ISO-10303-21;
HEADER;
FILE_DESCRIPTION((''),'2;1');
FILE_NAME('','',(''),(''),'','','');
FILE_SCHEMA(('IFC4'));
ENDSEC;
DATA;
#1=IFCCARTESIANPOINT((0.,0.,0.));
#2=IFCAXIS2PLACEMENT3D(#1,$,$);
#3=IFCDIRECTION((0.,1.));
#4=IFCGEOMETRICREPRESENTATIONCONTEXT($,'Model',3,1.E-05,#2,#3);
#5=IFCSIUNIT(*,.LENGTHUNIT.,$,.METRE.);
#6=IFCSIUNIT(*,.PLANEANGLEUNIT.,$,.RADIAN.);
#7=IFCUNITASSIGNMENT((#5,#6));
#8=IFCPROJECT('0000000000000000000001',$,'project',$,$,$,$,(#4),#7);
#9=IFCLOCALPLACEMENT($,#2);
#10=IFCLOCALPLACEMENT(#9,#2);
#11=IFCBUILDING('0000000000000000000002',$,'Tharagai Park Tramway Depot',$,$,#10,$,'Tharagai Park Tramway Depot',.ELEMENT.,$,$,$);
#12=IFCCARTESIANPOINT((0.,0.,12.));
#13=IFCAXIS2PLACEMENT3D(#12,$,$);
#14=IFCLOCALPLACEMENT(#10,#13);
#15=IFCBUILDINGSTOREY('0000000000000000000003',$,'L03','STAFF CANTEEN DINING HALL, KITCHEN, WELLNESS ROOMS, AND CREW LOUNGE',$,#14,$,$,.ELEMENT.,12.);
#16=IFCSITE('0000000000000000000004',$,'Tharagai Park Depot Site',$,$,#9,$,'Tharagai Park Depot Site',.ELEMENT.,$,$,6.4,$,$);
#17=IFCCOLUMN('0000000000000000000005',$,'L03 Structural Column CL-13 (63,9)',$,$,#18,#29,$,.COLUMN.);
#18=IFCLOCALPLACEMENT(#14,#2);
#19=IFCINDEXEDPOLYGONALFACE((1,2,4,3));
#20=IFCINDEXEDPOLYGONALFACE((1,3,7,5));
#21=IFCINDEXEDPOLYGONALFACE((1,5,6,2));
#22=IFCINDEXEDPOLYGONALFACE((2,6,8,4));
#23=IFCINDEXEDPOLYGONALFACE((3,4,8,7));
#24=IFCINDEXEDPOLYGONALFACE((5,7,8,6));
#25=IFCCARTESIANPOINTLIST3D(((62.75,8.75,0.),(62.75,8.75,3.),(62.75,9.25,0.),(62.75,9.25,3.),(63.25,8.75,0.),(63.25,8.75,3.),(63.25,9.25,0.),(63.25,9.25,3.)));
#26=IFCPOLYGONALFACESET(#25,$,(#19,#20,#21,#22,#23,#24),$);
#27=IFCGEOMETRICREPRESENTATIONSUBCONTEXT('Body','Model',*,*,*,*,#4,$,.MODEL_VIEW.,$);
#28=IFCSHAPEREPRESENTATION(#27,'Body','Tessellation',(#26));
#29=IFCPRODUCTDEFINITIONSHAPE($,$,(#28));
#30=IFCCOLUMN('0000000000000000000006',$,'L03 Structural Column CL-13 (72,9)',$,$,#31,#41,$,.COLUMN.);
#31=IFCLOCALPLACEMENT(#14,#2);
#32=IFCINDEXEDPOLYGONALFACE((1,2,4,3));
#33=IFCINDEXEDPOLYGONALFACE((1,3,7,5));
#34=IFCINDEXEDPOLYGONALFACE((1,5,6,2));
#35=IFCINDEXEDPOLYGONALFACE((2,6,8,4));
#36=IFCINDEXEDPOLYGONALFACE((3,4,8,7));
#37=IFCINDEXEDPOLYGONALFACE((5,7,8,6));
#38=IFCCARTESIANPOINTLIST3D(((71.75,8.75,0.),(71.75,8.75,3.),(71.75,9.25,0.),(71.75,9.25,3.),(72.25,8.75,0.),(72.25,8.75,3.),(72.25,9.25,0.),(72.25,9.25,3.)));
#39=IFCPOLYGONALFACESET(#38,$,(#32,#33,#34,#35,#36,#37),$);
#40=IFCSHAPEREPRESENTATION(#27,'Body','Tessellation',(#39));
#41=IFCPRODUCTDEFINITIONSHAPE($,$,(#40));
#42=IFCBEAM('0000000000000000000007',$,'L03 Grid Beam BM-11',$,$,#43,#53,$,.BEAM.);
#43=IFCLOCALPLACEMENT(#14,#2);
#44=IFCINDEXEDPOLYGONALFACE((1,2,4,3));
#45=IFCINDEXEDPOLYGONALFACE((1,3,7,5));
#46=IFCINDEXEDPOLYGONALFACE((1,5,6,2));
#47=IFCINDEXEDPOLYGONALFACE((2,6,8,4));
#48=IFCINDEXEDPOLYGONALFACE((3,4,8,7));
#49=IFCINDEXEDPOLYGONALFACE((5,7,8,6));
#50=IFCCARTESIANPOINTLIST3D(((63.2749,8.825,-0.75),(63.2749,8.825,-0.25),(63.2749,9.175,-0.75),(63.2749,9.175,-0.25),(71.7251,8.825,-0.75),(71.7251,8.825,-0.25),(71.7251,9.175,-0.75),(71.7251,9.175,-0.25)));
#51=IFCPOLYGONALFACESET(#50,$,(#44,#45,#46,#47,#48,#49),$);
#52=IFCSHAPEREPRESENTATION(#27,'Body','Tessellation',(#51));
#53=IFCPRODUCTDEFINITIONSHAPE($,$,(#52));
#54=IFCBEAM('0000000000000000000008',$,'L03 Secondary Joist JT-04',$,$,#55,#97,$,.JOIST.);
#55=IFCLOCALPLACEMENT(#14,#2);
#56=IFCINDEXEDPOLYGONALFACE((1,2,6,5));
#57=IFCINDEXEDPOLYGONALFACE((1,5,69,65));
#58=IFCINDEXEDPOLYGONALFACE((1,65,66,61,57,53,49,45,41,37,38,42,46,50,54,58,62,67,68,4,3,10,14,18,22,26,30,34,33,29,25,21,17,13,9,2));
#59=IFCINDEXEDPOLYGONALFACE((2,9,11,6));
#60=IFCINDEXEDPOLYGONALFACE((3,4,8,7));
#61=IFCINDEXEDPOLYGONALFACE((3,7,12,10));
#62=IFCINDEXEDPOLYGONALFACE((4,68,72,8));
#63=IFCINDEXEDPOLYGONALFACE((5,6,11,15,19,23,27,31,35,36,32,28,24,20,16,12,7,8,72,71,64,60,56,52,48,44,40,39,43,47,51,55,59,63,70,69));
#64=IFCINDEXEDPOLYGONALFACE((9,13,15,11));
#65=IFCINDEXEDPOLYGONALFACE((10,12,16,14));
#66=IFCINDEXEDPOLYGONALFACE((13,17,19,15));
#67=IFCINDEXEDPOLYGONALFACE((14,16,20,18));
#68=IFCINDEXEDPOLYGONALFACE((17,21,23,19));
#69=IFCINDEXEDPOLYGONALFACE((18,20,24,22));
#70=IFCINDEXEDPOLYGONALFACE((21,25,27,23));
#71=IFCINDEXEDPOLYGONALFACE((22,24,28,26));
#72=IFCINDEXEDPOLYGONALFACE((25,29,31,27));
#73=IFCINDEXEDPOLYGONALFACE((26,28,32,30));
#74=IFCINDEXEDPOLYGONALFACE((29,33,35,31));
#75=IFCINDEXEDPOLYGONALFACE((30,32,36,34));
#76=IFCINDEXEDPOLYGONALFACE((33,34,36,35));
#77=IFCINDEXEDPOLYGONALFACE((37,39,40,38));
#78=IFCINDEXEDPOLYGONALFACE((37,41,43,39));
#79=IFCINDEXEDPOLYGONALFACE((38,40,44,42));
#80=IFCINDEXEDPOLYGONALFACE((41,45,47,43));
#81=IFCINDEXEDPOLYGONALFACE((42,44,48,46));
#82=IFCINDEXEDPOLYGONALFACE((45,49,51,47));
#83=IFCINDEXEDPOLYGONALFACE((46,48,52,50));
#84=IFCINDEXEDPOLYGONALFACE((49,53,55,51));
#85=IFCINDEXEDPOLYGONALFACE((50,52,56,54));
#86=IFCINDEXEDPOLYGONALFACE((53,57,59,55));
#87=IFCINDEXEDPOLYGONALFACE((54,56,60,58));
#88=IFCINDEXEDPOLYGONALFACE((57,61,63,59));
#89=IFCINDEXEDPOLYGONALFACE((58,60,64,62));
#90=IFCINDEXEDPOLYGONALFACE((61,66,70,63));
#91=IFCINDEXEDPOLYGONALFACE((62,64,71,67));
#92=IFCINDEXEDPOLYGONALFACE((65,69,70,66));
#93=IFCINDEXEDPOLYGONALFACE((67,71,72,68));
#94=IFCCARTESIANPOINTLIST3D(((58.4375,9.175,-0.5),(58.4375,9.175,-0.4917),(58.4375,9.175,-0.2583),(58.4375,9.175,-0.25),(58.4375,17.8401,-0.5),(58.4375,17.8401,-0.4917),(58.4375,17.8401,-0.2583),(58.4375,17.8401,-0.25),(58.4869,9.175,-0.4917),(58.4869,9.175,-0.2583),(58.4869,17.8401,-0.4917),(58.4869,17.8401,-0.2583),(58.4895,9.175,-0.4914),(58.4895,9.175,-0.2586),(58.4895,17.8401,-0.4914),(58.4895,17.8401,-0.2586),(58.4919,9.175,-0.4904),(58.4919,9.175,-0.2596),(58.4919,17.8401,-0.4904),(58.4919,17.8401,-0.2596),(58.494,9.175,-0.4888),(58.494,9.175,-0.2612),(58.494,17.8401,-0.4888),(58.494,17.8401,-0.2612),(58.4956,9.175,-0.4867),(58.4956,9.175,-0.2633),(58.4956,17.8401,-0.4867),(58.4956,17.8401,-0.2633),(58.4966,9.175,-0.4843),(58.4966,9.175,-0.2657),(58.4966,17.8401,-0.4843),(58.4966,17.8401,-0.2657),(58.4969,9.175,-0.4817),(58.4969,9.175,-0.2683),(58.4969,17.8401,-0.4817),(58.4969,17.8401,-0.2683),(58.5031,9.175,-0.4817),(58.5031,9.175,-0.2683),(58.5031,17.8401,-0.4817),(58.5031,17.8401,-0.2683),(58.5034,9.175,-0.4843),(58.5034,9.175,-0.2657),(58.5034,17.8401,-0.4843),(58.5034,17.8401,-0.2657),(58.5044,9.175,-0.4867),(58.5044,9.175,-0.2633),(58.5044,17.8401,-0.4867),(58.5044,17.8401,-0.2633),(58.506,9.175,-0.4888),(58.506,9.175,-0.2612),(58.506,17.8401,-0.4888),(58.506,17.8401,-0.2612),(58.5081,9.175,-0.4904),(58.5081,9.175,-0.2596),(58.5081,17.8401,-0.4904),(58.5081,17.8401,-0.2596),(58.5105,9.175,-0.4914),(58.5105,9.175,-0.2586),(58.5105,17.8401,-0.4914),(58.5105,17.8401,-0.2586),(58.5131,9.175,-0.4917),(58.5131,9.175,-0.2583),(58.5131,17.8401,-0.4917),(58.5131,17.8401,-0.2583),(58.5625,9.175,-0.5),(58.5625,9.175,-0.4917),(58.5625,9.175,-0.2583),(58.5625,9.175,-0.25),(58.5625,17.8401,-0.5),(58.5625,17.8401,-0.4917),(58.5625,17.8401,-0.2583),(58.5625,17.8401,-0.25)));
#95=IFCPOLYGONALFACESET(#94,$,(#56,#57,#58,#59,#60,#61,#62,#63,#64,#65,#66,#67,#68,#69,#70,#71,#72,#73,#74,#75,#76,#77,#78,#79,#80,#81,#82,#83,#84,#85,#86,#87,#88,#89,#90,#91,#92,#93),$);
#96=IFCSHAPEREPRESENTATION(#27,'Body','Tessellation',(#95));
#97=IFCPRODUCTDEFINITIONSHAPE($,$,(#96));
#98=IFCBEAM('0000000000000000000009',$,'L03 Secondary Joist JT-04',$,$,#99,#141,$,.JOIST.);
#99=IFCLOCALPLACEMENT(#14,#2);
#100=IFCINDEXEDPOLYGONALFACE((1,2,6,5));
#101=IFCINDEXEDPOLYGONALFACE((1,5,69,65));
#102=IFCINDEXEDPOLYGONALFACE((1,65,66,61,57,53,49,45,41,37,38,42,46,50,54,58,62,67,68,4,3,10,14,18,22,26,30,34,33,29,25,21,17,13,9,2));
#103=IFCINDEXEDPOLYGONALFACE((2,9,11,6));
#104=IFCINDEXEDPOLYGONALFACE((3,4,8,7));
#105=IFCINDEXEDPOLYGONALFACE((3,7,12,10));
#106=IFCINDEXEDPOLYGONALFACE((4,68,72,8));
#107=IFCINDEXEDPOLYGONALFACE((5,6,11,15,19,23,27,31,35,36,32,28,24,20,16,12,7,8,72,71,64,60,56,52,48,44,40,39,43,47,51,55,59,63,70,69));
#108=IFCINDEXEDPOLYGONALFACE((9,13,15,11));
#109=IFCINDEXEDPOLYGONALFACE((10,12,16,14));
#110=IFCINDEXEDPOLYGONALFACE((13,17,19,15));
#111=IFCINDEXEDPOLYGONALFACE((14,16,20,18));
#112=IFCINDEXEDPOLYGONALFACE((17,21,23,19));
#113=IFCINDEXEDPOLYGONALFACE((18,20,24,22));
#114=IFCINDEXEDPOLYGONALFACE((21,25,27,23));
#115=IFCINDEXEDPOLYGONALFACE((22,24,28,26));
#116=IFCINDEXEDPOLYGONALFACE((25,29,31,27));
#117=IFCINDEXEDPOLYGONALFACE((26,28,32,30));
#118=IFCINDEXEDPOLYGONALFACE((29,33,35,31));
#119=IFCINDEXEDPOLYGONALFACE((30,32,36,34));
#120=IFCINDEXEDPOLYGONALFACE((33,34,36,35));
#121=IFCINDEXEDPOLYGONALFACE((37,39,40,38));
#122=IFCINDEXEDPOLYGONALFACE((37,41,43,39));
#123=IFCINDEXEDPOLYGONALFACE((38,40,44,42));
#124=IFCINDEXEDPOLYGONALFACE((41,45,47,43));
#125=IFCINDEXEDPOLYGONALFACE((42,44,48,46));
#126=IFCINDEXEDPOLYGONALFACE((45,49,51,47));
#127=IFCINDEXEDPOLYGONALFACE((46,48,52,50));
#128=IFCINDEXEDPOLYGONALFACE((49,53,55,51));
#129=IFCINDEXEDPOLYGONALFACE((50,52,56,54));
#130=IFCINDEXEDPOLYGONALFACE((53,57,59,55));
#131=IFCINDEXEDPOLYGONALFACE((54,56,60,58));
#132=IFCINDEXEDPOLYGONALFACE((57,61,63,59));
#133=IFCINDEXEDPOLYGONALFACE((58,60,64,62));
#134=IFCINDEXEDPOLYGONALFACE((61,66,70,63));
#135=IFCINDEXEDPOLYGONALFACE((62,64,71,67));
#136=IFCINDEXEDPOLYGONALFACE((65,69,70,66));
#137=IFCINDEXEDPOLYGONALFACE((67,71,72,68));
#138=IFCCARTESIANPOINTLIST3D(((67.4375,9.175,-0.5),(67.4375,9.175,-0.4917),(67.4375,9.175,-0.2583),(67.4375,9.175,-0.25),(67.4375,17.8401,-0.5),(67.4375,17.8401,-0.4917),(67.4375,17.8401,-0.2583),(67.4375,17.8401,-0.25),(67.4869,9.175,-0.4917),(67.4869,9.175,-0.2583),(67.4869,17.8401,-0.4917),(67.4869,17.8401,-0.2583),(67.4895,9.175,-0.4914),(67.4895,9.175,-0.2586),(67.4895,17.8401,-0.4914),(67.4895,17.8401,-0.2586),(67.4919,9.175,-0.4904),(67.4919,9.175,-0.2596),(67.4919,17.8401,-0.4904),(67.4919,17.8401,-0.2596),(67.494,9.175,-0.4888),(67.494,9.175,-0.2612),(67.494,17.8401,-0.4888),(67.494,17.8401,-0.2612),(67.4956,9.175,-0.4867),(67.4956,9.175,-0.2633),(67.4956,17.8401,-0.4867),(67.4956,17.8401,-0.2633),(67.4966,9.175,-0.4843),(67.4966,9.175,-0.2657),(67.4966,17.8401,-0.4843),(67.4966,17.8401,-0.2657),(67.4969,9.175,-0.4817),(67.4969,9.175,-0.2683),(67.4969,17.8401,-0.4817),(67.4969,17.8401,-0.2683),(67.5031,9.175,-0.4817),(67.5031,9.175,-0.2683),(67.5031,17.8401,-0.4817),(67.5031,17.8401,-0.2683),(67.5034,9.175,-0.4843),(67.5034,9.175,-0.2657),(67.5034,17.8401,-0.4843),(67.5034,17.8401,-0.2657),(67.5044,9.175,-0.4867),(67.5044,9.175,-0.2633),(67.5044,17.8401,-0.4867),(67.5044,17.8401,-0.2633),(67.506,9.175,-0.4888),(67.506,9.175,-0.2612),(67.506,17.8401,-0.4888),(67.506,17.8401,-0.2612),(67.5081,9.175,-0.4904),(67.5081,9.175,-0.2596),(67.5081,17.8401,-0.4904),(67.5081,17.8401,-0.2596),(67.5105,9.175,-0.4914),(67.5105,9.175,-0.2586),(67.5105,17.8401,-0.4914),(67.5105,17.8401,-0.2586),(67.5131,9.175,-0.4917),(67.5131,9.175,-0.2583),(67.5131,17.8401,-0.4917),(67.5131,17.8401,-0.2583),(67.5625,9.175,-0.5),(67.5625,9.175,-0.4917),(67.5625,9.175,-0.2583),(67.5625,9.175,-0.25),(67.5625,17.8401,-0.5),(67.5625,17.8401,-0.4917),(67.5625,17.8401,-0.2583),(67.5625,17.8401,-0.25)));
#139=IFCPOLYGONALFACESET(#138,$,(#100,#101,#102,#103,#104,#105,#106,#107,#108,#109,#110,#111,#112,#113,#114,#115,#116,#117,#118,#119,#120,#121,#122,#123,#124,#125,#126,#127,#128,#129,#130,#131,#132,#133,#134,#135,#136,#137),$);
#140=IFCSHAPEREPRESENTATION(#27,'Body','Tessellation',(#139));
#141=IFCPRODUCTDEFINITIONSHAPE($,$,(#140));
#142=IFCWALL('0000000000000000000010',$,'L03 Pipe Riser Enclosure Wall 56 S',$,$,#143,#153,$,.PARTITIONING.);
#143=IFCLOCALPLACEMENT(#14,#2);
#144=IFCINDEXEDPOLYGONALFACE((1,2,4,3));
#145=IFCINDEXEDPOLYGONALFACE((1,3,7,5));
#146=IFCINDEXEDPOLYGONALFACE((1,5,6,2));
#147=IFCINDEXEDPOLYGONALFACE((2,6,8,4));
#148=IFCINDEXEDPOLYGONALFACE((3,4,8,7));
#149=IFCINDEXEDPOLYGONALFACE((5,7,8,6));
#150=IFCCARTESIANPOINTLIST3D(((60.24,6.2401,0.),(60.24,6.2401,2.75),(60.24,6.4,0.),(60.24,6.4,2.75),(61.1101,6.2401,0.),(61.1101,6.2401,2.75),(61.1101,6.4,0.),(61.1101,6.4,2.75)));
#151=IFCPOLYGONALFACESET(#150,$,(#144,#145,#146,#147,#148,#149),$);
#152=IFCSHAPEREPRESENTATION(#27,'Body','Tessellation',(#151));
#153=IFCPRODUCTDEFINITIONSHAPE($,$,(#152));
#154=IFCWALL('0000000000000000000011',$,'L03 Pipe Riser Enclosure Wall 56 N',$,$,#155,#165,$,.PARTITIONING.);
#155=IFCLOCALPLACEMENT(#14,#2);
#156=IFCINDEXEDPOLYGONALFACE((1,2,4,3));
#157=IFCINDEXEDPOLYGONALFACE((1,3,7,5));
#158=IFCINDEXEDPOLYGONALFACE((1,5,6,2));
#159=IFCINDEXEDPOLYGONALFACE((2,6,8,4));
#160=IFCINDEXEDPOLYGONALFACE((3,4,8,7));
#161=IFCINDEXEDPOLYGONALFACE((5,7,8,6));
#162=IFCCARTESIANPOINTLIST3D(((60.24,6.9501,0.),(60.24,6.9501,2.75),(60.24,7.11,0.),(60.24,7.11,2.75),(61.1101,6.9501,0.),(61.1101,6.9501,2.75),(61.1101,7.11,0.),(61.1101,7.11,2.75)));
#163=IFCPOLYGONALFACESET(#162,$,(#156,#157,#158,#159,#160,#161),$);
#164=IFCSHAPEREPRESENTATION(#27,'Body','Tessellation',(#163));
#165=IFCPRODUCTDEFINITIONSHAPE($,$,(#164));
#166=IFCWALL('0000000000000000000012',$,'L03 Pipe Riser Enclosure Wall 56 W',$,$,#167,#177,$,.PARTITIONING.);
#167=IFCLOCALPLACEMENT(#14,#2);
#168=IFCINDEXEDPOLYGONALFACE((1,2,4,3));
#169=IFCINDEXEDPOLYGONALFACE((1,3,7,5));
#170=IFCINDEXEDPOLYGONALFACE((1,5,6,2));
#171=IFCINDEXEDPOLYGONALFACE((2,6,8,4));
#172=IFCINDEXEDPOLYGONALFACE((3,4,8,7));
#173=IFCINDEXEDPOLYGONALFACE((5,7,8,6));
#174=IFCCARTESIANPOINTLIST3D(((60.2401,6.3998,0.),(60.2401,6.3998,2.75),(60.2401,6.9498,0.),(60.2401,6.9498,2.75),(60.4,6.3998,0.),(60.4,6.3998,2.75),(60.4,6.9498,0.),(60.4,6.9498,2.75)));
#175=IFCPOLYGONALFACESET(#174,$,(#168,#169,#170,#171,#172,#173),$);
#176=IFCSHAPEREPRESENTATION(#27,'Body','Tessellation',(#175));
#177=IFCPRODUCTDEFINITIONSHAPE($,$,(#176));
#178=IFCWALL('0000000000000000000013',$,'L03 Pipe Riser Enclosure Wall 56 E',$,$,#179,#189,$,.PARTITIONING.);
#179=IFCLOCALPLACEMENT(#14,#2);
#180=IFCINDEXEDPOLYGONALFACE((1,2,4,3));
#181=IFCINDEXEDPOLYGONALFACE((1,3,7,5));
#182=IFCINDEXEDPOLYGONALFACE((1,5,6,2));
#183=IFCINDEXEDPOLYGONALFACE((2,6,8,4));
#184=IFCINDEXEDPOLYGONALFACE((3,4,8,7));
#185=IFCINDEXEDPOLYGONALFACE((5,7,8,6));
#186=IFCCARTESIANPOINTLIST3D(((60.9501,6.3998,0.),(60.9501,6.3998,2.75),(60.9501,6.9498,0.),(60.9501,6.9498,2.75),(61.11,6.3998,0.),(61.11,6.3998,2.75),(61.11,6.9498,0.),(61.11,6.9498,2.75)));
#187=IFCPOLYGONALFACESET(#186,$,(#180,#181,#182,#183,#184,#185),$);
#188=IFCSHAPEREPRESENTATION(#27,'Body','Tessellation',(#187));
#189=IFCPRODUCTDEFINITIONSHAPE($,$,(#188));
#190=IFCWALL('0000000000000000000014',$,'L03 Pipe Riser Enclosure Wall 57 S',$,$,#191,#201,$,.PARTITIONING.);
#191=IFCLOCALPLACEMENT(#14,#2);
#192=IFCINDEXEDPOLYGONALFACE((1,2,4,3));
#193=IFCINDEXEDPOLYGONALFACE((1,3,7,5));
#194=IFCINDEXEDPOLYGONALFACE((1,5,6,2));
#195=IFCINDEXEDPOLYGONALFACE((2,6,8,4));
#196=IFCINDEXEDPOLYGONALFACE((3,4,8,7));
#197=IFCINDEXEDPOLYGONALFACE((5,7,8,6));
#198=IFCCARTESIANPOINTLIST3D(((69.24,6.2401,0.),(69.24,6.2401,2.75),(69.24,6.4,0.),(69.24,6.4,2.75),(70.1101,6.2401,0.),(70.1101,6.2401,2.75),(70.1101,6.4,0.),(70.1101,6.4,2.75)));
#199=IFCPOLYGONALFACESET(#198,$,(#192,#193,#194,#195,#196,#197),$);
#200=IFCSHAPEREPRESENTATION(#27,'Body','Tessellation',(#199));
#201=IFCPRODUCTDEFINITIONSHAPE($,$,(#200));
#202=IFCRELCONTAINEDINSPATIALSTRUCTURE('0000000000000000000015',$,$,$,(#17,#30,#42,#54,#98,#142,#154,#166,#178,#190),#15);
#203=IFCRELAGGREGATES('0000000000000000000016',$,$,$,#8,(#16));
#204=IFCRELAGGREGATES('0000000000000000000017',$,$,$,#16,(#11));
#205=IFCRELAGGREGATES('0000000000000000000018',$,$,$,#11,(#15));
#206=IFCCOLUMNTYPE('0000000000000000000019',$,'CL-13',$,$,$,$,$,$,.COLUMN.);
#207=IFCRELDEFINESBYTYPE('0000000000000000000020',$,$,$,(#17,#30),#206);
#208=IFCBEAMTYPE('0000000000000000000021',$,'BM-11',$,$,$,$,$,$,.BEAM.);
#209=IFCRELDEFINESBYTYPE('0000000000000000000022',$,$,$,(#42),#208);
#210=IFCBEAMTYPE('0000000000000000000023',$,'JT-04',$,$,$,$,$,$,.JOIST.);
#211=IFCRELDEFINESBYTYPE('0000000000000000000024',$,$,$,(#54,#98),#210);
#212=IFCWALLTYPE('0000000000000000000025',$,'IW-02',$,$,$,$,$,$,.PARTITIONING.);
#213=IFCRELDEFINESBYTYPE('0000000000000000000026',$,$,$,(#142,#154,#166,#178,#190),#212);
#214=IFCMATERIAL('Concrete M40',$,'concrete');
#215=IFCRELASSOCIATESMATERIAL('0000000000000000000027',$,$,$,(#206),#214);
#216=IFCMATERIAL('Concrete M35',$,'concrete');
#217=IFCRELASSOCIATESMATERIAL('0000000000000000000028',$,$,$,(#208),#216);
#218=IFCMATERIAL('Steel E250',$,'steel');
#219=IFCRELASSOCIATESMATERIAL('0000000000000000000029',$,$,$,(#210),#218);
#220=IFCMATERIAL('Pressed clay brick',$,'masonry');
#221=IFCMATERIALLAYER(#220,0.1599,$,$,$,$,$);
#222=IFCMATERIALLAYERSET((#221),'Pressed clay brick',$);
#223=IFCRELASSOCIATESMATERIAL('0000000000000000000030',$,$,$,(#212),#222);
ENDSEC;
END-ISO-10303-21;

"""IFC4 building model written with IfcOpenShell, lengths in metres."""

from ifc_helpers import new_model, si_unit, direction, frame, frame_2d, origin, origin_2d, place, context, subcontext, project, spatial, rectangle, i_section, extrude, material, layer, layer_set, material_profile, profile_set, type_object, element, save


model = new_model("IFC4")

# Units and contexts
model_context = context("Model", 3, precision=1e-05, world=origin(), true_north=direction((0.0, 1.0)))
body_context = subcontext(model_context, "Body", "Model", "MODEL_VIEW")
ifc_project = project(units=[si_unit("LENGTHUNIT", "METRE"), si_unit("PLANEANGLEUNIT", "RADIAN")], contexts=[model_context])

# Site, building, storey
site_placement = place(None, origin())
site = spatial("IfcSite", under=ifc_project, at=site_placement, Name="Tharagai Park Depot Site", LongName="Tharagai Park Depot Site", CompositionType="ELEMENT", RefElevation=6.4)
building_placement = place(site_placement, origin())
building = spatial("IfcBuilding", under=site, at=building_placement, Name="Tharagai Park Tramway Depot", LongName="Tharagai Park Tramway Depot", CompositionType="ELEMENT")
storey_placement = place(building_placement, frame((0.0, 0.0, 12.0)))
storey = spatial("IfcBuildingStorey", under=building, at=storey_placement, Name="L03", Description="STAFF CANTEEN DINING HALL, KITCHEN, WELLNESS ROOMS, AND CREW LOUNGE", CompositionType="ELEMENT", Elevation=12.0)

# Columns
ifc_material_1 = material(Name="Concrete M40", Category="concrete")
ifc_material_profile_1 = material_profile(ifc_material_1, rectangle(XDim=0.5, YDim=0.5, at=origin_2d()), Name="RC 500x500")
ifc_profile_set_1 = profile_set([ifc_material_profile_1], Name="Concrete M40")
column_type = type_object("IfcColumnType", Name="CL-13", PredefinedType="COLUMN", material=ifc_profile_set_1)
for number, where, z_axis, x_axis, name in (
    (1, (63.0, 9.0, 0.0), (0.0, 0.0, 1.0), (1.0, 0.0, 0.0), "L03 Structural Column CL-13 (63,9)"),
    (2, (72.0, 9.0, 0.0), (0.0, 0.0, 1.0), (1.0, 0.0, 0.0), "L03 Structural Column CL-13 (72,9)"),
):
    element("IfcColumn", number, at=place(storey_placement, frame(where, z_axis=z_axis, x_axis=x_axis)), inside=storey, type_object=column_type, Name=name, PredefinedType="COLUMN", context=body_context, shape_type="SweptSolid", body=[
        extrude(rectangle(XDim=0.5, YDim=0.5, at=origin_2d()), origin(), (0.0, 0.0, 1.0), 3.0),
    ])

# Beams
ifc_material_2 = material(Name="Concrete M35", Category="concrete")
ifc_material_profile_2 = material_profile(ifc_material_2, rectangle(XDim=0.3501, YDim=0.5, at=origin_2d()), Name="RC 350x500")
ifc_profile_set_2 = profile_set([ifc_material_profile_2], Name="Concrete M35")
beam_type_1 = type_object("IfcBeamType", Name="BM-11", PredefinedType="BEAM", material=ifc_profile_set_2)
beam_placement = place(storey_placement, frame((63.2749, 9.0, -0.5), z_axis=(1.0, 0.0, 0.0), x_axis=(0.0, 1.0, 0.0)))
element("IfcBeam", 3, at=beam_placement, inside=storey, type_object=beam_type_1, Name="L03 Grid Beam BM-11", PredefinedType="BEAM", context=body_context, shape_type="SweptSolid", body=[
    extrude(rectangle(XDim=0.3501, YDim=0.5, at=origin_2d()), origin(), (0.0, 0.0, 1.0), 8.4502),
])
ifc_material_3 = material(Name="Steel E250", Category="steel")
ifc_material_profile_3 = material_profile(ifc_material_3, i_section(OverallWidth=0.125, OverallDepth=0.25, WebThickness=0.0061, FlangeThickness=0.0083, FilletRadius=0.01, at=origin_2d()), Name="ISLB 250")
ifc_profile_set_3 = profile_set([ifc_material_profile_3], Name="Steel E250")
beam_type_2 = type_object("IfcBeamType", Name="JT-04", PredefinedType="JOIST", material=ifc_profile_set_3)
for number, where, z_axis, x_axis, name in (
    (4, (58.5, 9.175, -0.375), (0.0, 1.0, 0.0), (-1.0, 0.0, 0.0), "L03 Secondary Joist JT-04"),
    (5, (67.5, 9.175, -0.375), (0.0, 1.0, 0.0), (-1.0, 0.0, 0.0), "L03 Secondary Joist JT-04"),
):
    element("IfcBeam", number, at=place(storey_placement, frame(where, z_axis=z_axis, x_axis=x_axis)), inside=storey, type_object=beam_type_2, Name=name, PredefinedType="JOIST", context=body_context, shape_type="SweptSolid", body=[
        extrude(i_section(OverallWidth=0.125, OverallDepth=0.25, WebThickness=0.0061, FlangeThickness=0.0083, FilletRadius=0.01, at=origin_2d()), origin(), (0.0, 0.0, 1.0), 8.665),
    ])

# Walls
ifc_material_4 = material(Name="Pressed clay brick", Category="masonry")
ifc_layer_1 = layer(ifc_material_4, 0.1599)
ifc_layer_set_1 = layer_set([ifc_layer_1], Name="Pressed clay brick")
wall_type_1 = type_object("IfcWallType", Name="IW-02", PredefinedType="PARTITIONING", material=ifc_layer_set_1)
for number, where, z_axis, x_axis, name in (
    (6, (60.24, 6.3201, 0.0), (0.0, 0.0, 1.0), (1.0, 0.0, 0.0), "L03 Pipe Riser Enclosure Wall 56 S"),
    (7, (60.24, 7.03, 0.0), (0.0, 0.0, 1.0), (1.0, 0.0, 0.0), "L03 Pipe Riser Enclosure Wall 56 N"),
):
    element("IfcWall", number, at=place(storey_placement, frame(where, z_axis=z_axis, x_axis=x_axis)), inside=storey, type_object=wall_type_1, Name=name, PredefinedType="PARTITIONING", context=body_context, shape_type="SweptSolid", body=[
        extrude(rectangle(XDim=0.8701, YDim=0.1599, at=frame_2d((0.4351, 0.0))), origin(), (0.0, 0.0, 1.0), 2.75),
    ])
for number, where, z_axis, x_axis, name in (
    (8, (60.3201, 6.3999, 0.0), (0.0, 0.0, 1.0), (0.0, 1.0, 0.0), "L03 Pipe Riser Enclosure Wall 56 W"),
    (9, (61.03, 6.3999, 0.0), (0.0, 0.0, 1.0), (0.0, 1.0, 0.0), "L03 Pipe Riser Enclosure Wall 56 E"),
):
    element("IfcWall", number, at=place(storey_placement, frame(where, z_axis=z_axis, x_axis=x_axis)), inside=storey, type_object=wall_type_1, Name=name, PredefinedType="PARTITIONING", context=body_context, shape_type="SweptSolid", body=[
        extrude(rectangle(XDim=0.55, YDim=0.1599, at=frame_2d((0.2749, 0.0))), origin(), (0.0, 0.0, 1.0), 2.75),
    ])
for number, where, z_axis, x_axis, name in (
    (10, (69.24, 6.3201, 0.0), (0.0, 0.0, 1.0), (1.0, 0.0, 0.0), "L03 Pipe Riser Enclosure Wall 57 S"),
):
    element("IfcWall", number, at=place(storey_placement, frame(where, z_axis=z_axis, x_axis=x_axis)), inside=storey, type_object=wall_type_1, Name=name, PredefinedType="PARTITIONING", context=body_context, shape_type="SweptSolid", body=[
        extrude(rectangle(XDim=0.8701, YDim=0.1599, at=frame_2d((0.4351, 0.0))), origin(), (0.0, 0.0, 1.0), 2.75),
    ])

save(model, "model.ifc")
